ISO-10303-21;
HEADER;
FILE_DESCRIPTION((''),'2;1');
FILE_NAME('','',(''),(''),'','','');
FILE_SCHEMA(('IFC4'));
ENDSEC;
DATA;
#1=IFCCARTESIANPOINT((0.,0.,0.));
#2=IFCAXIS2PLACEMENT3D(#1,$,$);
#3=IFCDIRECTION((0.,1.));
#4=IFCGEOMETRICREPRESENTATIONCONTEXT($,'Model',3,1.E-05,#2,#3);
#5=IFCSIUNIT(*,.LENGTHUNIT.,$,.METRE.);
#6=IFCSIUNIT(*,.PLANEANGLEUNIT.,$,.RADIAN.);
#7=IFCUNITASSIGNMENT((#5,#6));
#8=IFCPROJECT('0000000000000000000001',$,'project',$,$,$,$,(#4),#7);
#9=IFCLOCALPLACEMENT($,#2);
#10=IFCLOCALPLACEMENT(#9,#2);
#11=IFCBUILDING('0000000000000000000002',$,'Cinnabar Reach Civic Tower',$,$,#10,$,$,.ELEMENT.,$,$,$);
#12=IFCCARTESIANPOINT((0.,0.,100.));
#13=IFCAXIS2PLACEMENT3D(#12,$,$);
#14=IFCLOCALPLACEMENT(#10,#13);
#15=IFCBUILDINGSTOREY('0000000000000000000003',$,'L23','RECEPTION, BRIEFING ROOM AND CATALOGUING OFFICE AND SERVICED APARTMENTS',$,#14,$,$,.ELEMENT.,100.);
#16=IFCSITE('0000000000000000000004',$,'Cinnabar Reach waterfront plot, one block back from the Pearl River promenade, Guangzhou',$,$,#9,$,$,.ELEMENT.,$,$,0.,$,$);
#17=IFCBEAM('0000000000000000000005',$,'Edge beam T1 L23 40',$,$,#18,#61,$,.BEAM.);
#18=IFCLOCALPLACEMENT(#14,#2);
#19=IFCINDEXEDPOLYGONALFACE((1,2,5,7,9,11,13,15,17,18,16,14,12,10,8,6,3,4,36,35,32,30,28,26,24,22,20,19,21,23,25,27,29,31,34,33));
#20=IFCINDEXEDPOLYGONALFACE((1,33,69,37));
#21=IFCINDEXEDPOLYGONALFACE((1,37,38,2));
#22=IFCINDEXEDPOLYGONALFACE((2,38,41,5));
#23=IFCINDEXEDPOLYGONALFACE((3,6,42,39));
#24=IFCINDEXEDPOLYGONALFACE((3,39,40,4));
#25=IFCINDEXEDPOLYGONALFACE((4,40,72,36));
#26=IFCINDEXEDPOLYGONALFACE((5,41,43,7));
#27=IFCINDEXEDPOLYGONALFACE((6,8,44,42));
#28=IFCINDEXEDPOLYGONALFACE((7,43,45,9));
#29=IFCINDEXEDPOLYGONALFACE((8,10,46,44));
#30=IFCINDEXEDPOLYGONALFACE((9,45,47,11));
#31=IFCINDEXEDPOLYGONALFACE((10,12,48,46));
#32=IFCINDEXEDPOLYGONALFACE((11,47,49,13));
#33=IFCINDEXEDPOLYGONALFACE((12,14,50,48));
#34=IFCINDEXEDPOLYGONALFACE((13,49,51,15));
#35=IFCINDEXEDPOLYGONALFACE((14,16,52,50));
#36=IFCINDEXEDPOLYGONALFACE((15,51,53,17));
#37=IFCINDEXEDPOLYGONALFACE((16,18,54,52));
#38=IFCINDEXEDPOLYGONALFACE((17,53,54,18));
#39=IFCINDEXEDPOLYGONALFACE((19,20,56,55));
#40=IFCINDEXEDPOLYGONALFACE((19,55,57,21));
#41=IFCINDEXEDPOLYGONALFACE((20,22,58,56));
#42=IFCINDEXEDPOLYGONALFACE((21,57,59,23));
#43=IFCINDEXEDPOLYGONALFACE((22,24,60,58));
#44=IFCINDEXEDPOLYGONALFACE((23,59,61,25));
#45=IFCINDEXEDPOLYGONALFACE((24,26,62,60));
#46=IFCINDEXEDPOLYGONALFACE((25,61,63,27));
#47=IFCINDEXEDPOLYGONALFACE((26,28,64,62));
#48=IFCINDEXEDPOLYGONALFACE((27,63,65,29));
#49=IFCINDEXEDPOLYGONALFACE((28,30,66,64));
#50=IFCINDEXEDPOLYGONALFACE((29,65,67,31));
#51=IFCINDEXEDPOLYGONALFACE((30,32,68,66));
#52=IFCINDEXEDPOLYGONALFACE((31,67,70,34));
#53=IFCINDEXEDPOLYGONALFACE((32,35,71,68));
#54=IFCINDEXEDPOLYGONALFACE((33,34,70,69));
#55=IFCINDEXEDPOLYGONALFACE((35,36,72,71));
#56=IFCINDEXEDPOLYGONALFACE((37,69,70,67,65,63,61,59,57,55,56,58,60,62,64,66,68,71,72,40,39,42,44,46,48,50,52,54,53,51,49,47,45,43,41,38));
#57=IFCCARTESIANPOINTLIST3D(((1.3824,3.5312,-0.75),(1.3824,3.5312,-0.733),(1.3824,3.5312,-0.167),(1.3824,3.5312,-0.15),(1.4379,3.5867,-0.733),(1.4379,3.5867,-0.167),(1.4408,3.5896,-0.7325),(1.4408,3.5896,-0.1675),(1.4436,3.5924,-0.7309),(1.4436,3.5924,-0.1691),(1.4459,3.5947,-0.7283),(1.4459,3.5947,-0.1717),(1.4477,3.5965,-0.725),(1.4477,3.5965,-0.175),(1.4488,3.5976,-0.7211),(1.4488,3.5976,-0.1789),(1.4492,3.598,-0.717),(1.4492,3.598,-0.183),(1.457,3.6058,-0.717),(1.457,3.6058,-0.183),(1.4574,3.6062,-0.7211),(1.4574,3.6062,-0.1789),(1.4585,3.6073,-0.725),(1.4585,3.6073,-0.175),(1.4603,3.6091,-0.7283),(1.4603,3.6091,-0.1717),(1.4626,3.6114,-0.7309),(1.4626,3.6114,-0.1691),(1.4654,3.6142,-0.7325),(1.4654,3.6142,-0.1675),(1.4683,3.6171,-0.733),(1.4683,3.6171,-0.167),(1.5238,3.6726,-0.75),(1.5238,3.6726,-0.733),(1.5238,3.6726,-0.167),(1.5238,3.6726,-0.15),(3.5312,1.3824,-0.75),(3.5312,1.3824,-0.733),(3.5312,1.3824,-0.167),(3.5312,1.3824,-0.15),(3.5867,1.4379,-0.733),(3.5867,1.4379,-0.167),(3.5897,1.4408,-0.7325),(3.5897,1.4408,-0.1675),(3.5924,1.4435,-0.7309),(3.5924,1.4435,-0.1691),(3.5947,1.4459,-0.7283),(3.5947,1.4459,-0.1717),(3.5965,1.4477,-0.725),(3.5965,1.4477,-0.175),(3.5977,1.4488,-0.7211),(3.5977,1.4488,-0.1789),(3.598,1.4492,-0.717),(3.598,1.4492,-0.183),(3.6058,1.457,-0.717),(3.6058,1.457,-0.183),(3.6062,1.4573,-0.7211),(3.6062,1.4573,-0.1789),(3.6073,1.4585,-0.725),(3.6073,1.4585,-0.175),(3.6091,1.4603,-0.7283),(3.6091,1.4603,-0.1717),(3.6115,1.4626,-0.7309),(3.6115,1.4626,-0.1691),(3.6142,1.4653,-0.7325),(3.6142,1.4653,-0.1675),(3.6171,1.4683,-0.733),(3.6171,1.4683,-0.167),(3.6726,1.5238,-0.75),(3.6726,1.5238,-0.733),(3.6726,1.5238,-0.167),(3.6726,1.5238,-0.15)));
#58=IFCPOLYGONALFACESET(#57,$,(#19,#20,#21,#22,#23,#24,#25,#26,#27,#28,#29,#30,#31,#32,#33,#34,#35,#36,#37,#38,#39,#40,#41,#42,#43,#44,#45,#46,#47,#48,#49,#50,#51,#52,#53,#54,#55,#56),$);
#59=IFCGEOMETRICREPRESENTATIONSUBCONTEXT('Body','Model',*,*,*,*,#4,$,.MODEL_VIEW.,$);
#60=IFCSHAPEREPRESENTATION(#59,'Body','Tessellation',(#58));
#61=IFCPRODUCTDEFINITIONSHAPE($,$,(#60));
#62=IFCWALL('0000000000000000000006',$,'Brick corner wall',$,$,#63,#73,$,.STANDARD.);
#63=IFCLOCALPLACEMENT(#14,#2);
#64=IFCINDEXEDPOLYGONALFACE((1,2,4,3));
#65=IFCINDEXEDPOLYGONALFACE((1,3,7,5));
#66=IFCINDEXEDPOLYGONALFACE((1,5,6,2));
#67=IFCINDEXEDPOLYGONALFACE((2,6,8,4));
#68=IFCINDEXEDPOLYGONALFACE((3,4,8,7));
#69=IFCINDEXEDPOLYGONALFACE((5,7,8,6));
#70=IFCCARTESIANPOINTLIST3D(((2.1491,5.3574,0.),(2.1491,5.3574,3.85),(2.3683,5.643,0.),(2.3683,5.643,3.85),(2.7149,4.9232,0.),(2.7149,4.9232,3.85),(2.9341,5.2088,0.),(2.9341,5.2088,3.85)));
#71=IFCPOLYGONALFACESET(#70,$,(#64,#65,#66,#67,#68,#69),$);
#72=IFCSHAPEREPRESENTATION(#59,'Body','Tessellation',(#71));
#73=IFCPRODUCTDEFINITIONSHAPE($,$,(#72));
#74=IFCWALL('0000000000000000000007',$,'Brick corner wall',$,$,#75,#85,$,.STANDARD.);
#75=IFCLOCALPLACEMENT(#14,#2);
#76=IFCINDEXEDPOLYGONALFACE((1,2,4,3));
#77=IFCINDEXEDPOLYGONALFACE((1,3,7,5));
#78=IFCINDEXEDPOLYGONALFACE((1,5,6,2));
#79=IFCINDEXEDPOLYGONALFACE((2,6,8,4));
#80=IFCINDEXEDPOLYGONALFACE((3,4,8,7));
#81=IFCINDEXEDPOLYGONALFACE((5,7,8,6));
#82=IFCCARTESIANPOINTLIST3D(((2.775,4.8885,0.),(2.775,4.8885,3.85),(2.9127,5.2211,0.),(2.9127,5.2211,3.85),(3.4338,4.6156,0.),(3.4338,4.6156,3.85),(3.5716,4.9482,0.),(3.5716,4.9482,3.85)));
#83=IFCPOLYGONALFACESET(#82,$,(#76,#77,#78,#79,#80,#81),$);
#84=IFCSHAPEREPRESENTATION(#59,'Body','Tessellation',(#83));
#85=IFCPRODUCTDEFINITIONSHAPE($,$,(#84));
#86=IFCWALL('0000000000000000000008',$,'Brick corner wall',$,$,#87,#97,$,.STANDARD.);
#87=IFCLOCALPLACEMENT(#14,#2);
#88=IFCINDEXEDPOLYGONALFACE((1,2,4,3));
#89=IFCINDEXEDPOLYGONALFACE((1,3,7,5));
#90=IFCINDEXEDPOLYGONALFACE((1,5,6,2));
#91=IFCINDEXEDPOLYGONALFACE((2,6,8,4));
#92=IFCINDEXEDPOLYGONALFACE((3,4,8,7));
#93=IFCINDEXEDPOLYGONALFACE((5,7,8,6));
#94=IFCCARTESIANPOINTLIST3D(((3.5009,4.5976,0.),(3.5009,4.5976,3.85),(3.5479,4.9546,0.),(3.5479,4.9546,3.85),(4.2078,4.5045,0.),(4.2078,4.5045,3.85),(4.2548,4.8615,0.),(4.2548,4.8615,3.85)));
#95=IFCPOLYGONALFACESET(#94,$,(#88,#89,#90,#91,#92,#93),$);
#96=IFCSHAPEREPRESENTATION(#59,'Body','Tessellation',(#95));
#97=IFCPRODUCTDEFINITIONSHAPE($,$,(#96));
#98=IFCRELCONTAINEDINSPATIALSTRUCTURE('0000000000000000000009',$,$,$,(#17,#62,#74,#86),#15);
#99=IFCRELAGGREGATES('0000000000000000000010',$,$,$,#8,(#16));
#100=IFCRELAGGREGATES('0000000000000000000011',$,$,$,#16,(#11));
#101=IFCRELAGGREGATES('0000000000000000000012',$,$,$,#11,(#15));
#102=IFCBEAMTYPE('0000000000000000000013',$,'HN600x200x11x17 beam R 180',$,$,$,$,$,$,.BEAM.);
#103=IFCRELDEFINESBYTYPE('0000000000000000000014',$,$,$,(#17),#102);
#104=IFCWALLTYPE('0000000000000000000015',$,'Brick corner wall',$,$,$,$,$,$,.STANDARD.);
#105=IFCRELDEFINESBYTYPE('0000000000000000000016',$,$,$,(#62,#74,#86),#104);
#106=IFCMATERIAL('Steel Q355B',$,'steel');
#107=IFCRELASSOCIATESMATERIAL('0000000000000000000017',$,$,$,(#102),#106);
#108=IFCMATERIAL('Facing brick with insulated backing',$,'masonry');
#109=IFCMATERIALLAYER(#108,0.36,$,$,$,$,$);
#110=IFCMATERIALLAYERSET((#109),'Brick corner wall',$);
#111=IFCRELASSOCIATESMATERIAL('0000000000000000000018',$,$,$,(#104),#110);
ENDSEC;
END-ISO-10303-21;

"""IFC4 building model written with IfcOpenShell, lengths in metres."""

from ifc_helpers import new_model, si_unit, direction, frame, frame_2d, origin, origin_2d, place, context, subcontext, project, spatial, rectangle, i_section, extrude, material, layer, layer_set, material_profile, profile_set, type_object, element, save


model = new_model("IFC4")

# Units and contexts
model_context = context("Model", 3, precision=1e-05, world=origin(), true_north=direction((0.0, 1.0)))
body_context = subcontext(model_context, "Body", "Model", "MODEL_VIEW")
ifc_project = project(units=[si_unit("LENGTHUNIT", "METRE"), si_unit("PLANEANGLEUNIT", "RADIAN")], contexts=[model_context])

# Site, building, storey
site_placement = place(None, origin())
site = spatial("IfcSite", under=ifc_project, at=site_placement, Name="Cinnabar Reach waterfront plot, one block back from the Pearl River promenade, Guangzhou", CompositionType="ELEMENT", RefElevation=0.0)
building_placement = place(site_placement, origin())
building = spatial("IfcBuilding", under=site, at=building_placement, Name="Cinnabar Reach Civic Tower", CompositionType="ELEMENT")
storey_placement = place(building_placement, frame((0.0, 0.0, 100.0)))
storey = spatial("IfcBuildingStorey", under=building, at=storey_placement, Name="L23", Description="RECEPTION, BRIEFING ROOM AND CATALOGUING OFFICE AND SERVICED APARTMENTS", CompositionType="ELEMENT", Elevation=100.0)

# Beam
ifc_material_1 = material(Name="Steel Q355B", Category="steel")
ifc_material_profile_1 = material_profile(ifc_material_1, i_section(OverallWidth=0.2, OverallDepth=0.6, WebThickness=0.011, FlangeThickness=0.017, FilletRadius=0.016, at=origin_2d()), Name="HN600x200x11x17")
ifc_profile_set_1 = profile_set([ifc_material_profile_1], Name="Steel Q355B")
beam_type_1 = type_object("IfcBeamType", Name="HN600x200x11x17 beam R 180", PredefinedType="BEAM", material=ifc_profile_set_1)
beam_1_placement = place(storey_placement, frame((1.4531, 3.6019, -0.45), z_axis=(0.707107, -0.707107, 0.0), x_axis=(0.707107, 0.707107, 0.0)))
element("IfcBeam", 1, at=beam_1_placement, inside=storey, type_object=beam_type_1, Name="Edge beam T1 L23 40", PredefinedType="BEAM", context=body_context, shape_type="SweptSolid", body=[
    extrude(i_section(OverallWidth=0.2, OverallDepth=0.6, WebThickness=0.011, FlangeThickness=0.017, FilletRadius=0.016, at=origin_2d()), origin(), (0.0, 0.0, 1.0), 3.0389),
])

# Walls
ifc_material_2 = material(Name="Facing brick with insulated backing", Category="masonry")
ifc_layer_1 = layer(ifc_material_2, 0.36)
ifc_layer_set_1 = layer_set([ifc_layer_1], Name="Brick corner wall")
wall_type_1 = type_object("IfcWallType", Name="Brick corner wall", PredefinedType="STANDARD", material=ifc_layer_set_1)
wall_1_placement = place(storey_placement, frame((2.2587, 5.5002, 0.0), z_axis=(0.0, 0.0, 1.0), x_axis=(0.793322, -0.608802, 0.0)))
element("IfcWall", 2, at=wall_1_placement, inside=storey, type_object=wall_type_1, Name="Brick corner wall", PredefinedType="STANDARD", context=body_context, shape_type="SweptSolid", body=[
    extrude(rectangle(XDim=0.7132, YDim=0.36, at=frame_2d((0.3566, 0.0))), origin(), (0.0, 0.0, 1.0), 3.85),
])
for number, where, z_axis, x_axis, name in (
    (3, (2.8439, 5.0548, 0.0), (0.0, 0.0, 1.0), (0.923872, -0.382703, 0.0), "Brick corner wall"),
    (4, (3.5244, 4.7761, 0.0), (0.0, 0.0, 1.0), (0.991441, -0.130556, 0.0), "Brick corner wall"),
):
    element("IfcWall", number, at=place(storey_placement, frame(where, z_axis=z_axis, x_axis=x_axis)), inside=storey, type_object=wall_type_1, Name=name, PredefinedType="STANDARD", context=body_context, shape_type="SweptSolid", body=[
        extrude(rectangle(XDim=0.7131, YDim=0.36, at=frame_2d((0.3565, 0.0))), origin(), (0.0, 0.0, 1.0), 3.85),
    ])

save(model, "model.ifc")
